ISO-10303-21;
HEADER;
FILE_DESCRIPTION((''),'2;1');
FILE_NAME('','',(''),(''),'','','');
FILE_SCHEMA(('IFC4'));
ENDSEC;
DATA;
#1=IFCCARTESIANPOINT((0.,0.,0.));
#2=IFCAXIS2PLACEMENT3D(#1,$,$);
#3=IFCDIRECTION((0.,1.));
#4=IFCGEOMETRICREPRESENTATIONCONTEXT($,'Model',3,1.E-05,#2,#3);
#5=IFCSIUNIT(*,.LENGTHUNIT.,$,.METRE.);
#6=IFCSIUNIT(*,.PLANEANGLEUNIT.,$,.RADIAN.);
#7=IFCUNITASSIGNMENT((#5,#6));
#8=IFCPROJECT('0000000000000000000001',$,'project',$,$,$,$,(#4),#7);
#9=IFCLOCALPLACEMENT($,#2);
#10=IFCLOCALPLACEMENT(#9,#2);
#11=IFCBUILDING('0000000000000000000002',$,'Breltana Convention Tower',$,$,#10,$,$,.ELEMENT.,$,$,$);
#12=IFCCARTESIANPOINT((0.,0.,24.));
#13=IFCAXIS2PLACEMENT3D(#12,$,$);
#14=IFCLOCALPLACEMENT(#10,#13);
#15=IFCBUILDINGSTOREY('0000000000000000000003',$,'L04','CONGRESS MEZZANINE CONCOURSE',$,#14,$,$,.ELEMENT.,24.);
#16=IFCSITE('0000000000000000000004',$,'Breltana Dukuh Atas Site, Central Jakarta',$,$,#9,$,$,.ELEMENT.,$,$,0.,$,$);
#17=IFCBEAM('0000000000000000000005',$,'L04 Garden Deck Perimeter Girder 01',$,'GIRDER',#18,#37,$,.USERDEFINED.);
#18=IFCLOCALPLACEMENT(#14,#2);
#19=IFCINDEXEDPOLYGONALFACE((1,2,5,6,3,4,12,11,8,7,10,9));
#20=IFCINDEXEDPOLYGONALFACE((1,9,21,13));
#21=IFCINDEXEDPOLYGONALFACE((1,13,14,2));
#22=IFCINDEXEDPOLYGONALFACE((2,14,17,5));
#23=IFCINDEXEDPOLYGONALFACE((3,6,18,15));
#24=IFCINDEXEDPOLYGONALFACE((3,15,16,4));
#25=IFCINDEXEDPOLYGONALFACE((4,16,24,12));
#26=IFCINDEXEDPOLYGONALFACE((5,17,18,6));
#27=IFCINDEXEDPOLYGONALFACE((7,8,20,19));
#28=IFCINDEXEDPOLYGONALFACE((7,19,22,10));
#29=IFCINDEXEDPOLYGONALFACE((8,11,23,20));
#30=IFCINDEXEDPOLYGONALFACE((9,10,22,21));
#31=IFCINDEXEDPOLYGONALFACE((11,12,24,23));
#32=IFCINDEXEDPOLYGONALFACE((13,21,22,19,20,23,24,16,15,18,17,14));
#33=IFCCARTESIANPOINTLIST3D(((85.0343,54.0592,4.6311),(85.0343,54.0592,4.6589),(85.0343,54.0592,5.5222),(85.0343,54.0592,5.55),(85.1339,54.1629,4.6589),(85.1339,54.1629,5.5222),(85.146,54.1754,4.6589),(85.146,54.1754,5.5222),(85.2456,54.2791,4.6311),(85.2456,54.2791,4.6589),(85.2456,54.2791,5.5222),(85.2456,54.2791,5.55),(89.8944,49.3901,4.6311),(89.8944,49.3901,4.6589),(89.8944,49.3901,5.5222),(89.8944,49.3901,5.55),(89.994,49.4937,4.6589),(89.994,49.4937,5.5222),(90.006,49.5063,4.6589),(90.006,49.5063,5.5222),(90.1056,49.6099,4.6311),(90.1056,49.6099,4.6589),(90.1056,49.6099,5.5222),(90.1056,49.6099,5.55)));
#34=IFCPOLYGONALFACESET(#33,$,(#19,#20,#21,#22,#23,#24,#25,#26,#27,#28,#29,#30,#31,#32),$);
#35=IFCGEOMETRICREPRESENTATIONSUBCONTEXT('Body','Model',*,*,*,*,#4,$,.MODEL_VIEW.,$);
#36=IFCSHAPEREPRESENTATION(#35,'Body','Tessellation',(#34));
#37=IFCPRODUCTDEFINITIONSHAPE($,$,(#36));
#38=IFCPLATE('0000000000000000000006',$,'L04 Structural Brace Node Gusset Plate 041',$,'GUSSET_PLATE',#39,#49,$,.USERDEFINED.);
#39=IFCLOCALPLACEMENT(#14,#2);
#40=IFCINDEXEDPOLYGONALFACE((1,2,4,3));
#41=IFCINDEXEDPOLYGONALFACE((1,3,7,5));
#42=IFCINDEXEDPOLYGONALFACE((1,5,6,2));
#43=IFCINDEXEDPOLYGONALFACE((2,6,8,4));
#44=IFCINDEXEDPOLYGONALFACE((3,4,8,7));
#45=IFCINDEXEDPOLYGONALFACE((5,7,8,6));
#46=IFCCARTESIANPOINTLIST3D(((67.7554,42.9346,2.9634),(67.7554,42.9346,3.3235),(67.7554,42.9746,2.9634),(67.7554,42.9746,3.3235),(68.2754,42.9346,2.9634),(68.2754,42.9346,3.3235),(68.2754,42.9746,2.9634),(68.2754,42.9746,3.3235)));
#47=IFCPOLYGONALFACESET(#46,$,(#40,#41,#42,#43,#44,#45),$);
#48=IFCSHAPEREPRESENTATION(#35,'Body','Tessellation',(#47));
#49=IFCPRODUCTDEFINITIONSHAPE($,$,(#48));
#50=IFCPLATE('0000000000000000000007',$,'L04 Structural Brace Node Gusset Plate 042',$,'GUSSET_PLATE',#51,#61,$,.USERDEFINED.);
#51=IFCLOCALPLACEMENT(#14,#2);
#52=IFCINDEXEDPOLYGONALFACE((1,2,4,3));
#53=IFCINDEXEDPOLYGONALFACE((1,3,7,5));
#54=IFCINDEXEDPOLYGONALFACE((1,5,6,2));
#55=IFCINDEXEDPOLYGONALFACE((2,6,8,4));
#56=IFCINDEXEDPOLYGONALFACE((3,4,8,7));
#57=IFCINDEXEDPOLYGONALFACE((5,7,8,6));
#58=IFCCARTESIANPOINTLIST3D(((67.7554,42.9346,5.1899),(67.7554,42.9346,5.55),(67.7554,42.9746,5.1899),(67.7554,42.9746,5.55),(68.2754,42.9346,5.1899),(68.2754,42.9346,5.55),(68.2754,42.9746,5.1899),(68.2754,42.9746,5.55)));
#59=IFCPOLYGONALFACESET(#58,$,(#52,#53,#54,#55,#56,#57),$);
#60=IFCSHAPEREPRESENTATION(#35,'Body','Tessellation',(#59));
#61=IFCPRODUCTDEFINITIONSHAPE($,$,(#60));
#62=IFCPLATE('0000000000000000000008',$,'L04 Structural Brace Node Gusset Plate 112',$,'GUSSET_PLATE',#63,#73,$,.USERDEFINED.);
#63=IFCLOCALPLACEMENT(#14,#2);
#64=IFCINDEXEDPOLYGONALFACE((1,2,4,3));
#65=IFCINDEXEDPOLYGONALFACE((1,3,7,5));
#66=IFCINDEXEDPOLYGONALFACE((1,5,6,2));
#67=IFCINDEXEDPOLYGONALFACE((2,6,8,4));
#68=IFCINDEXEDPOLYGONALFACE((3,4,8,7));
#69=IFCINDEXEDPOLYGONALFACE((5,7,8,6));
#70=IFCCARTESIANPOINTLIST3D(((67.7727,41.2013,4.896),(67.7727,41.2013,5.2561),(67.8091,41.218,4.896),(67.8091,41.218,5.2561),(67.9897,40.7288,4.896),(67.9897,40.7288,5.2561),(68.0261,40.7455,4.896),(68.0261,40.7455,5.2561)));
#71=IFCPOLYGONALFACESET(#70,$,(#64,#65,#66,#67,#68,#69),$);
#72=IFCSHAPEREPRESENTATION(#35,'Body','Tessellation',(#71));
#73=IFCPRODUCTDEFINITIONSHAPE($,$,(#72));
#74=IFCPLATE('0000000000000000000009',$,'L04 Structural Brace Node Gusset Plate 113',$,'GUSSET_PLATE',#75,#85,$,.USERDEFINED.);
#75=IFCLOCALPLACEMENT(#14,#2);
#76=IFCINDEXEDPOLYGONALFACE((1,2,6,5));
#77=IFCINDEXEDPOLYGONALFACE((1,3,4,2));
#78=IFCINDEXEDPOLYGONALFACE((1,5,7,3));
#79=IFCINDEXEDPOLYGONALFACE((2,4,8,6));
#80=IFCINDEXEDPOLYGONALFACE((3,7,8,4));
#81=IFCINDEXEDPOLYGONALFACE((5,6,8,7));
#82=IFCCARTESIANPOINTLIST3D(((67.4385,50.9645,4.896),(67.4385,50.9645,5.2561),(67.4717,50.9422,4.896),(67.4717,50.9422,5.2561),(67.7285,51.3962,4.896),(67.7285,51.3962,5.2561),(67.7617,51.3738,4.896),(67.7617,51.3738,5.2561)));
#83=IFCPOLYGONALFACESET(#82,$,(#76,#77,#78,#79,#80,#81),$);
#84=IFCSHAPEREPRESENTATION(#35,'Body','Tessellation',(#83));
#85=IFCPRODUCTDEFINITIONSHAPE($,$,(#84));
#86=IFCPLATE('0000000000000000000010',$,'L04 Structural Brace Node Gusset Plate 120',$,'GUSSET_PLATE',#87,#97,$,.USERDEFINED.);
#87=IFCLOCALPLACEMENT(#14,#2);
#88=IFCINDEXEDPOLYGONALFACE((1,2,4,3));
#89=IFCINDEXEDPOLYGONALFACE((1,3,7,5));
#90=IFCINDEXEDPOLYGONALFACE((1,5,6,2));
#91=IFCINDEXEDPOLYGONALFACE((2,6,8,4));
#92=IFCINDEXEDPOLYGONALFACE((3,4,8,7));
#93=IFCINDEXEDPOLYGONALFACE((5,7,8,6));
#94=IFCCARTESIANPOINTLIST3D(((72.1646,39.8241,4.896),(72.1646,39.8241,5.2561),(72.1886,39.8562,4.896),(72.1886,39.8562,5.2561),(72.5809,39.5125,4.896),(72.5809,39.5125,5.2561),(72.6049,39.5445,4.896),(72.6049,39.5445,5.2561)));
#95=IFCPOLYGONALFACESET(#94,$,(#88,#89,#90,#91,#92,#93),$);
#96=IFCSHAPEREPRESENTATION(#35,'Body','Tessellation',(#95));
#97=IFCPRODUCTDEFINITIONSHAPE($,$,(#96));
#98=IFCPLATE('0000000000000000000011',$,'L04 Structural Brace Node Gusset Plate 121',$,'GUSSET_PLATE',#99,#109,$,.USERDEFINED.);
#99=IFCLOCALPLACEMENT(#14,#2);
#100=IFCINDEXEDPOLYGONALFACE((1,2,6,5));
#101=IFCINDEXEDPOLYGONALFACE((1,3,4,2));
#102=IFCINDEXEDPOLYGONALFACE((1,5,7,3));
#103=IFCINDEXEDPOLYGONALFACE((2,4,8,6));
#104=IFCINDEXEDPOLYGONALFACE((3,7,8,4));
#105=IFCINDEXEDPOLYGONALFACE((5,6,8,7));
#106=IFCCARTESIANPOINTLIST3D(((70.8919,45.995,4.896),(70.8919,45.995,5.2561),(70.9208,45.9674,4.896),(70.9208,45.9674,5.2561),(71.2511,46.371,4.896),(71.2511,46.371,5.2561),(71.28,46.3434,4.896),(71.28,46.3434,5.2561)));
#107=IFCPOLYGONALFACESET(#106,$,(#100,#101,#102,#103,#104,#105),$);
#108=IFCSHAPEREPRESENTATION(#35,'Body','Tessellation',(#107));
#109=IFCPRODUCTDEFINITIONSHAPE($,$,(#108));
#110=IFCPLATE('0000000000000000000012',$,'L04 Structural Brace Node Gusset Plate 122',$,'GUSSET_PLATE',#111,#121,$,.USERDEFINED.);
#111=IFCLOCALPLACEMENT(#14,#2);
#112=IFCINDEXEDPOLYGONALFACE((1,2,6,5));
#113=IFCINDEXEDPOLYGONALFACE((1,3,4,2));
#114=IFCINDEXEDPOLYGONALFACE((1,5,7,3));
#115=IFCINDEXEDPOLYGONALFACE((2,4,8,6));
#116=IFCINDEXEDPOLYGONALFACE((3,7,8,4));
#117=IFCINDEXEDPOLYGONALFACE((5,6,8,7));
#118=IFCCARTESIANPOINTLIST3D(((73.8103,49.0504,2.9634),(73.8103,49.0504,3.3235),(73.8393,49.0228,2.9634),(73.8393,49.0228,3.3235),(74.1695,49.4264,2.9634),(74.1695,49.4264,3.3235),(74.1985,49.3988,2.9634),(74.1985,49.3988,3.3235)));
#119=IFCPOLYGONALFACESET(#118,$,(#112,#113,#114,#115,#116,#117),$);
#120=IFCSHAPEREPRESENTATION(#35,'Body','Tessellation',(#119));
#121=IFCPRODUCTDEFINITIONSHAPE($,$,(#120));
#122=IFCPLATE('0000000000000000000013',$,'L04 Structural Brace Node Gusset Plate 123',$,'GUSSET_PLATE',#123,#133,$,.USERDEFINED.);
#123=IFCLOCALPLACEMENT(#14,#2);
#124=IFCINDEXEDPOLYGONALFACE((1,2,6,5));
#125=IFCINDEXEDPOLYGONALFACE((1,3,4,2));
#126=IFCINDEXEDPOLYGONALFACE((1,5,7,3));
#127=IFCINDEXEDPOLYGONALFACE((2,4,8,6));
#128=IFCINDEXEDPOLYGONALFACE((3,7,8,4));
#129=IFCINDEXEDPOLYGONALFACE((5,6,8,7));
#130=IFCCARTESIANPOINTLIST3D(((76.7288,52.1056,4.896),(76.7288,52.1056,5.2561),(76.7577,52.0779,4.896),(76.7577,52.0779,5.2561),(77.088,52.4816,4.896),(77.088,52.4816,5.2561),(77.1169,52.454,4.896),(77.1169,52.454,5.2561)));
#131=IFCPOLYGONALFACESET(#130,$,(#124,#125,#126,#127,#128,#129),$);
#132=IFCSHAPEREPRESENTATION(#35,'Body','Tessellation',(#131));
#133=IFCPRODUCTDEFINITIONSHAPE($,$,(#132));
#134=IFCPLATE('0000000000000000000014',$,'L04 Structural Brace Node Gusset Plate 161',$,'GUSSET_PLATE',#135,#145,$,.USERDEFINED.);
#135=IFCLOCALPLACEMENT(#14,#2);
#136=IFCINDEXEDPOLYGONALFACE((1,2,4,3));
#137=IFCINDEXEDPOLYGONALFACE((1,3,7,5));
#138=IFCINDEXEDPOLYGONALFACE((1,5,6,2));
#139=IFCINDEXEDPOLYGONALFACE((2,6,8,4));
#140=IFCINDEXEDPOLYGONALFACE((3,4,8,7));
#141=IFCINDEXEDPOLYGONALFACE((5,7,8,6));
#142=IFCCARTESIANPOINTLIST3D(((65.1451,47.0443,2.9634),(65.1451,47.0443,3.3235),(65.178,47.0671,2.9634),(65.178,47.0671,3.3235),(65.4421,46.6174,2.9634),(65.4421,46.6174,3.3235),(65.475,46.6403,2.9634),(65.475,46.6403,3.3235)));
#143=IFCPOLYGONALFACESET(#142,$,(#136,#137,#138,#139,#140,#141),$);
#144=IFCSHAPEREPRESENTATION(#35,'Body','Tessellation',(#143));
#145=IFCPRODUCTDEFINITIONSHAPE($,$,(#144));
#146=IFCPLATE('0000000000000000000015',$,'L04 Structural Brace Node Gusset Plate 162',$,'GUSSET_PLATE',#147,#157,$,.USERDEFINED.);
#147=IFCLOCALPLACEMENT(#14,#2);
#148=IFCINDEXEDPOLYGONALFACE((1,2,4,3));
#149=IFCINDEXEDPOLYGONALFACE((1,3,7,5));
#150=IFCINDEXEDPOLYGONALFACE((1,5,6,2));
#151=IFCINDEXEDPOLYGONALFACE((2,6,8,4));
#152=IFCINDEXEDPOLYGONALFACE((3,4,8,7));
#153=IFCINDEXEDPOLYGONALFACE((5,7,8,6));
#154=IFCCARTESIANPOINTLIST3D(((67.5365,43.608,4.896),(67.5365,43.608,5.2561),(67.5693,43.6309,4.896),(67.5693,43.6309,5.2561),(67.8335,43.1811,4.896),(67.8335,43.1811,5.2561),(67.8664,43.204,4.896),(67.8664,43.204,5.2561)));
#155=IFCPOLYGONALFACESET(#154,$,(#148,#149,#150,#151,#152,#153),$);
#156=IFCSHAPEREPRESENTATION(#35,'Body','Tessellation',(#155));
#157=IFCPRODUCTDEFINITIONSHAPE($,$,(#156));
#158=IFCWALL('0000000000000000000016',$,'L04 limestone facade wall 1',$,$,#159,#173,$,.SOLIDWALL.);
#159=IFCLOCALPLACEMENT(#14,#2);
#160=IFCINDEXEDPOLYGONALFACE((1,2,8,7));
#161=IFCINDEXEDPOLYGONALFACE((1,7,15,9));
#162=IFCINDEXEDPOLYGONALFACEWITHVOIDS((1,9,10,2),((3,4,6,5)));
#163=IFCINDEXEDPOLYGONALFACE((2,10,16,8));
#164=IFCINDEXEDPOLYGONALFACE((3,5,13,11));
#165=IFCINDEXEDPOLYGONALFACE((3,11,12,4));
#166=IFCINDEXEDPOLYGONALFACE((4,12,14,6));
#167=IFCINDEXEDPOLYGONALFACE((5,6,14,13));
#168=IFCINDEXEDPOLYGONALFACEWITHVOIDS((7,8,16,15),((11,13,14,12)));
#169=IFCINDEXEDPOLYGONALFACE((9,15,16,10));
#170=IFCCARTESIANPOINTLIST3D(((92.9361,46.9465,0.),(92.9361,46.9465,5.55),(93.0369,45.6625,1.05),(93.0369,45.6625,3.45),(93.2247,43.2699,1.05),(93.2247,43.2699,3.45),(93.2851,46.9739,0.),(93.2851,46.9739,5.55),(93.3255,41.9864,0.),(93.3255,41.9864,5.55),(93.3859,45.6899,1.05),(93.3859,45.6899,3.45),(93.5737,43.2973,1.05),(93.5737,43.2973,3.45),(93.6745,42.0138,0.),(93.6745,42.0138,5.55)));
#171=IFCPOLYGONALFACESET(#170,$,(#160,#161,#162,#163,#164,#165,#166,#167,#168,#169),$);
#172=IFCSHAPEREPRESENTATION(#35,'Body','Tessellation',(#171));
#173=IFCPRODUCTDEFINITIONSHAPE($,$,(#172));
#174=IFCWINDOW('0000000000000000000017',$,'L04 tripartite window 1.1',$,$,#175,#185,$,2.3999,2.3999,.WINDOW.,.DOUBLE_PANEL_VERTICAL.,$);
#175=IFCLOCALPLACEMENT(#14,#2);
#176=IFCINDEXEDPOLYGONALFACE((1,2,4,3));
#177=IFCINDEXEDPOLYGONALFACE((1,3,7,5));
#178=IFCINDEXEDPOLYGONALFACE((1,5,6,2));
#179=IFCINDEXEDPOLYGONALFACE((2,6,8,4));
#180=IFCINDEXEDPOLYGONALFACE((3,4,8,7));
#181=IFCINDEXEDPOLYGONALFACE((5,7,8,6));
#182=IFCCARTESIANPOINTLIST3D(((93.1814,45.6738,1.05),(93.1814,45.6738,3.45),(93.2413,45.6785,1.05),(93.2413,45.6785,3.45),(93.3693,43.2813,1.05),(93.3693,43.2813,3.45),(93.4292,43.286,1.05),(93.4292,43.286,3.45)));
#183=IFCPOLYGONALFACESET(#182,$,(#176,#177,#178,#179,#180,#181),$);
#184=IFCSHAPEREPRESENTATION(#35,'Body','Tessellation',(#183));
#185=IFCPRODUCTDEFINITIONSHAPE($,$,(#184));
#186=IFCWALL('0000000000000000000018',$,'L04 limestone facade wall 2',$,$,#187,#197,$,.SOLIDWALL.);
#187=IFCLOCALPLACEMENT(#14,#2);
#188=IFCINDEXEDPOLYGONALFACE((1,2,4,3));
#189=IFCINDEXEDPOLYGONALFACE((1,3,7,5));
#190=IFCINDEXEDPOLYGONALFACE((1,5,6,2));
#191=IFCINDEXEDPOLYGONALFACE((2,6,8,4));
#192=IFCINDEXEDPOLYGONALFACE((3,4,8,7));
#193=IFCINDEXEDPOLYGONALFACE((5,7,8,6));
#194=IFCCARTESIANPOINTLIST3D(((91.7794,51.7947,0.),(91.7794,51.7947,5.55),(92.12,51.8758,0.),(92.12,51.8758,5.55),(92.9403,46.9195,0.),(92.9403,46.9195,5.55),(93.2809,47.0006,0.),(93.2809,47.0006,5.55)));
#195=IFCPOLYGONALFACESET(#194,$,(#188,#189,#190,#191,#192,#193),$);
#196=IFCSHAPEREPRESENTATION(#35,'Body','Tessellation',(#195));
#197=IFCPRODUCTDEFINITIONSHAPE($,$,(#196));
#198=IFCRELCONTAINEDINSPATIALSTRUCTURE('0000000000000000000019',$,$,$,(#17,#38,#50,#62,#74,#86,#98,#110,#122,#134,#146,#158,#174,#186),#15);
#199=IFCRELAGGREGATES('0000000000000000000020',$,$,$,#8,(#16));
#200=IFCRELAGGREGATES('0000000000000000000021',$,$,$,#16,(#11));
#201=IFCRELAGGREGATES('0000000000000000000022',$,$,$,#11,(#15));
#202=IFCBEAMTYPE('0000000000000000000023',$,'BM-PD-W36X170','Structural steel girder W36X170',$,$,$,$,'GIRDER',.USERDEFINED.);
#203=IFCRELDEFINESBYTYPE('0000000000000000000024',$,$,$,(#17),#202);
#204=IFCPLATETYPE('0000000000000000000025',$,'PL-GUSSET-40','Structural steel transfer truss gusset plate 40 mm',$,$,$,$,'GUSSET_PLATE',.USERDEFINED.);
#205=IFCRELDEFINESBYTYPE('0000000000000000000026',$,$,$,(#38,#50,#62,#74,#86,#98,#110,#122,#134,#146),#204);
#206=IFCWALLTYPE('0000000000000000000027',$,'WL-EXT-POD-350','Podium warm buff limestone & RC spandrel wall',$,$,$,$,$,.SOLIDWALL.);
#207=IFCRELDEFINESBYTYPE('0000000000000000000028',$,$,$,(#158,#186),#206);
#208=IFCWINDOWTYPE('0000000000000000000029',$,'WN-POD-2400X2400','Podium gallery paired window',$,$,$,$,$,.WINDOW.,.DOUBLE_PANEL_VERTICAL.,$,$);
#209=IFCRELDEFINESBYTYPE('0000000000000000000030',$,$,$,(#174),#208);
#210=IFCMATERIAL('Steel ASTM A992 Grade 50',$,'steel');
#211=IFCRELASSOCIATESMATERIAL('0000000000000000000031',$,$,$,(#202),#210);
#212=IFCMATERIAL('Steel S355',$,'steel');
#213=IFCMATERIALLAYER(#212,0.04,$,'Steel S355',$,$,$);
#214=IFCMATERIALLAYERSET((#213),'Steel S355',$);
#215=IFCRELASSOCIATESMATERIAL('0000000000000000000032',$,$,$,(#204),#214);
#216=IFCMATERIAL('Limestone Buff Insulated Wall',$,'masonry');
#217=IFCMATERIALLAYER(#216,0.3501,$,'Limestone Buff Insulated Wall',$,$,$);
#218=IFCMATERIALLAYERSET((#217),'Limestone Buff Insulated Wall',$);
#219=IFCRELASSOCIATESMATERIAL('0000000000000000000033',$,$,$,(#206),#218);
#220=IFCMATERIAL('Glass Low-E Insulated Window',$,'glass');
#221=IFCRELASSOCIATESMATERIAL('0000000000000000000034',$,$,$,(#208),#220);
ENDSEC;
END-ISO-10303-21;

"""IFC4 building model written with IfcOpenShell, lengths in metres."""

from ifc_helpers import new_model, si_unit, direction, frame, frame_2d, origin, origin_2d, place, context, subcontext, project, spatial, rectangle, i_section, extrude, source, transform, mapped, material, layer, layer_set, material_profile, profile_set, type_object, type_shapes, element, fill, save


model = new_model("IFC4")

# Units and contexts
model_context = context("Model", 3, precision=1e-05, world=origin(), true_north=direction((0.0, 1.0)))
body_context = subcontext(model_context, "Body", "Model", "MODEL_VIEW")
ifc_project = project(units=[si_unit("LENGTHUNIT", "METRE"), si_unit("PLANEANGLEUNIT", "RADIAN")], contexts=[model_context])

# Site, building, storey
site_placement = place(None, origin())
site = spatial("IfcSite", under=ifc_project, at=site_placement, Name="Breltana Dukuh Atas Site, Central Jakarta", CompositionType="ELEMENT", RefElevation=0.0)
building_placement = place(site_placement, origin())
building = spatial("IfcBuilding", under=site, at=building_placement, Name="Breltana Convention Tower", CompositionType="ELEMENT")
storey_placement = place(building_placement, frame((0.0, 0.0, 24.0)))
storey = spatial("IfcBuildingStorey", under=building, at=storey_placement, Name="L04", Description="CONGRESS MEZZANINE CONCOURSE", CompositionType="ELEMENT", Elevation=24.0)

# Shared definitions
ifc_material_1 = material(Name="Steel ASTM A992 Grade 50", Category="steel")

# Beam
ifc_material_profile_1 = material_profile(ifc_material_1, i_section(OverallWidth=0.3049, OverallDepth=0.9189, WebThickness=0.0173, FlangeThickness=0.0278, at=origin_2d()), Name="W36X170")
ifc_profile_set_1 = profile_set([ifc_material_profile_1], Name="Steel ASTM A992 Grade 50")
beam_type_1 = type_object("IfcBeamType", Name="BM-PD-W36X170", Description="Structural steel girder W36X170", ElementType="GIRDER", PredefinedType="USERDEFINED", material=ifc_profile_set_1)
shared_shape_1 = source(origin(), body_context, "Body", "SweptSolid", [
    extrude(i_section(OverallWidth=0.3049, OverallDepth=0.9189, WebThickness=0.0173, FlangeThickness=0.0278, at=origin_2d()), origin(), (0.0, 0.0, 1.0), 6.7395),
])
type_shapes(beam_type_1, [shared_shape_1])
beam_1_placement = place(storey_placement, frame((90.0, 49.5, 5.0906), z_axis=(-0.721129, 0.692801, 0.0), x_axis=(-0.692801, -0.721129, 0.0)))
element("IfcBeam", 1, at=beam_1_placement, inside=storey, type_object=beam_type_1, Name="L04 Garden Deck Perimeter Girder 01", ObjectType="GIRDER", PredefinedType="USERDEFINED", context=body_context, shape_type="MappedRepresentation", body=[
    mapped(shared_shape_1, transform((0.0, 0.0, 0.0), scale=1.0)),
])

# Plates
ifc_material_2 = material(Name="Steel S355", Category="steel")
ifc_layer_1 = layer(ifc_material_2, 0.04, Name="Steel S355")
ifc_layer_set_1 = layer_set([ifc_layer_1], Name="Steel S355")
plate_type = type_object("IfcPlateType", Name="PL-GUSSET-40", Description="Structural steel transfer truss gusset plate 40 mm", ElementType="GUSSET_PLATE", PredefinedType="USERDEFINED", material=ifc_layer_set_1)
shared_shape_2 = source(origin(), body_context, "Body", "SweptSolid", [
    extrude(rectangle(XDim=0.52, YDim=0.04, at=origin_2d()), origin(), (0.0, 0.0, 1.0), 0.3601),
])
for number, where, z_axis, x_axis, name in (
    (2, (68.0154, 42.9546, 2.9634), (0.0, 0.0, 1.0), (1.0, 0.0, 0.0), "L04 Structural Brace Node Gusset Plate 041"),
    (3, (68.0154, 42.9546, 5.1899), (0.0, 0.0, 1.0), (1.0, 0.0, 0.0), "L04 Structural Brace Node Gusset Plate 042"),
    (4, (67.8994, 40.9734, 4.896), (0.0, 0.0, 1.0), (-0.417391, 0.908727, 0.0), "L04 Structural Brace Node Gusset Plate 112"),
    (5, (67.6001, 51.1692, 4.896), (0.0, 0.0, 1.0), (0.557745, 0.830012, 0.0), "L04 Structural Brace Node Gusset Plate 113"),
    (6, (72.3848, 39.6843, 4.896), (0.0, 0.0, 1.0), (-0.800522, 0.599303, 0.0), "L04 Structural Brace Node Gusset Plate 120"),
    (7, (71.0859, 46.1692, 4.896), (0.0, 0.0, 1.0), (0.690756, 0.723088, 0.0), "L04 Structural Brace Node Gusset Plate 121"),
    (8, (74.0044, 49.2246, 2.9634), (0.0, 0.0, 1.0), (0.690756, 0.723088, 0.0), "L04 Structural Brace Node Gusset Plate 122"),
    (9, (76.9229, 52.2798, 4.896), (0.0, 0.0, 1.0), (0.690756, 0.723088, 0.0), "L04 Structural Brace Node Gusset Plate 123"),
    (10, (65.3101, 46.8423, 2.9634), (0.0, 0.0, 1.0), (0.571143, -0.82085, 0.0), "L04 Structural Brace Node Gusset Plate 161"),
    (11, (67.7014, 43.406, 4.896), (0.0, 0.0, 1.0), (0.571143, -0.82085, 0.0), "L04 Structural Brace Node Gusset Plate 162"),
):
    element("IfcPlate", number, at=place(storey_placement, frame(where, z_axis=z_axis, x_axis=x_axis)), inside=storey, type_object=plate_type, Name=name, ObjectType="GUSSET_PLATE", PredefinedType="USERDEFINED", context=body_context, shape_type="MappedRepresentation", body=[
        mapped(shared_shape_2, transform((0.0, 0.0, 0.0), scale=1.0)),
    ])

# Wall, opening, window
ifc_material_3 = material(Name="Limestone Buff Insulated Wall", Category="masonry")
ifc_layer_2 = layer(ifc_material_3, 0.3501, Name="Limestone Buff Insulated Wall")
ifc_layer_set_2 = layer_set([ifc_layer_2], Name="Limestone Buff Insulated Wall")
wall_type_1 = type_object("IfcWallType", Name="WL-EXT-POD-350", Description="Podium warm buff limestone & RC spandrel wall", PredefinedType="SOLIDWALL", material=ifc_layer_set_2)
shared_shape_3 = source(origin(), body_context, "Body", "SweptSolid", [
    extrude(rectangle(XDim=4.9753, YDim=0.3501, at=frame_2d((2.4878, 0.0))), origin(), (0.0, 0.0, 1.0), 5.55),
])
wall_1_placement = place(storey_placement, frame((93.5, 42.0, 0.0), z_axis=(0.0, 0.0, 1.0), x_axis=(-0.078269, 0.996932, 0.0)))
wall_1 = element("IfcWall", 12, at=wall_1_placement, inside=storey, type_object=wall_type_1, Name="L04 limestone facade wall 1", PredefinedType="SOLIDWALL", context=body_context, shape_type="MappedRepresentation", body=[
    mapped(shared_shape_3, transform((0.0, 0.0, 0.0), scale=1.0)),
])
opening_1_placement = place(wall_1_placement, frame((1.2876, 0.0, 1.05)))
opening_1 = element("IfcOpeningElement", 13, at=opening_1_placement, cuts=wall_1, PredefinedType="OPENING", context=body_context, shape_type="SweptSolid", body=[
    extrude(rectangle(XDim=2.3999, YDim=2.3999, at=frame_2d((1.2, 1.2))), frame((0.0, 0.1851, 0.0), z_axis=(0.0, -1.0, 0.0), x_axis=(1.0, 0.0, 0.0)), (0.0, 0.0, 1.0), 0.3701),
])
ifc_material_4 = material(Name="Glass Low-E Insulated Window", Category="glass")
window_type = type_object("IfcWindowType", Name="WN-POD-2400X2400", Description="Podium gallery paired window", PartitioningType="DOUBLE_PANEL_VERTICAL", PredefinedType="WINDOW", material=ifc_material_4)
shared_shape_4 = source(origin(), body_context, "Body", "SweptSolid", [
    extrude(rectangle(XDim=2.3999, YDim=2.3999, at=frame_2d((1.2, 1.2))), frame((0.0, 0.03, 0.0), z_axis=(0.0, -1.0, 0.0), x_axis=(1.0, 0.0, 0.0)), (0.0, 0.0, 1.0), 0.0601),
])
type_shapes(window_type, [shared_shape_4])
window_1_placement = place(opening_1_placement, origin())
window_1 = element("IfcWindow", 14, at=window_1_placement, inside=storey, type_object=window_type, Name="L04 tripartite window 1.1", OverallHeight=2.3999, OverallWidth=2.3999, PartitioningType="DOUBLE_PANEL_VERTICAL", PredefinedType="WINDOW", context=body_context, shape_type="MappedRepresentation", body=[
    mapped(shared_shape_4, transform((0.0, 0.0, 0.0), scale=1.0)),
])
fill(opening_1, window_1)

# Wall
shared_shape_5 = source(origin(), body_context, "Body", "SweptSolid", [
    extrude(rectangle(XDim=5.0115, YDim=0.3501, at=frame_2d((2.5059, 0.0))), origin(), (0.0, 0.0, 1.0), 5.55),
])
wall_2_placement = place(storey_placement, frame((93.1106, 46.96, 0.0), z_axis=(0.0, 0.0, 1.0), x_axis=(-0.231642, 0.972801, 0.0)))
element("IfcWall", 15, at=wall_2_placement, inside=storey, type_object=wall_type_1, Name="L04 limestone facade wall 2", PredefinedType="SOLIDWALL", context=body_context, shape_type="MappedRepresentation", body=[
    mapped(shared_shape_5, transform((0.0, 0.0, 0.0), scale=1.0)),
])

save(model, "model.ifc")
